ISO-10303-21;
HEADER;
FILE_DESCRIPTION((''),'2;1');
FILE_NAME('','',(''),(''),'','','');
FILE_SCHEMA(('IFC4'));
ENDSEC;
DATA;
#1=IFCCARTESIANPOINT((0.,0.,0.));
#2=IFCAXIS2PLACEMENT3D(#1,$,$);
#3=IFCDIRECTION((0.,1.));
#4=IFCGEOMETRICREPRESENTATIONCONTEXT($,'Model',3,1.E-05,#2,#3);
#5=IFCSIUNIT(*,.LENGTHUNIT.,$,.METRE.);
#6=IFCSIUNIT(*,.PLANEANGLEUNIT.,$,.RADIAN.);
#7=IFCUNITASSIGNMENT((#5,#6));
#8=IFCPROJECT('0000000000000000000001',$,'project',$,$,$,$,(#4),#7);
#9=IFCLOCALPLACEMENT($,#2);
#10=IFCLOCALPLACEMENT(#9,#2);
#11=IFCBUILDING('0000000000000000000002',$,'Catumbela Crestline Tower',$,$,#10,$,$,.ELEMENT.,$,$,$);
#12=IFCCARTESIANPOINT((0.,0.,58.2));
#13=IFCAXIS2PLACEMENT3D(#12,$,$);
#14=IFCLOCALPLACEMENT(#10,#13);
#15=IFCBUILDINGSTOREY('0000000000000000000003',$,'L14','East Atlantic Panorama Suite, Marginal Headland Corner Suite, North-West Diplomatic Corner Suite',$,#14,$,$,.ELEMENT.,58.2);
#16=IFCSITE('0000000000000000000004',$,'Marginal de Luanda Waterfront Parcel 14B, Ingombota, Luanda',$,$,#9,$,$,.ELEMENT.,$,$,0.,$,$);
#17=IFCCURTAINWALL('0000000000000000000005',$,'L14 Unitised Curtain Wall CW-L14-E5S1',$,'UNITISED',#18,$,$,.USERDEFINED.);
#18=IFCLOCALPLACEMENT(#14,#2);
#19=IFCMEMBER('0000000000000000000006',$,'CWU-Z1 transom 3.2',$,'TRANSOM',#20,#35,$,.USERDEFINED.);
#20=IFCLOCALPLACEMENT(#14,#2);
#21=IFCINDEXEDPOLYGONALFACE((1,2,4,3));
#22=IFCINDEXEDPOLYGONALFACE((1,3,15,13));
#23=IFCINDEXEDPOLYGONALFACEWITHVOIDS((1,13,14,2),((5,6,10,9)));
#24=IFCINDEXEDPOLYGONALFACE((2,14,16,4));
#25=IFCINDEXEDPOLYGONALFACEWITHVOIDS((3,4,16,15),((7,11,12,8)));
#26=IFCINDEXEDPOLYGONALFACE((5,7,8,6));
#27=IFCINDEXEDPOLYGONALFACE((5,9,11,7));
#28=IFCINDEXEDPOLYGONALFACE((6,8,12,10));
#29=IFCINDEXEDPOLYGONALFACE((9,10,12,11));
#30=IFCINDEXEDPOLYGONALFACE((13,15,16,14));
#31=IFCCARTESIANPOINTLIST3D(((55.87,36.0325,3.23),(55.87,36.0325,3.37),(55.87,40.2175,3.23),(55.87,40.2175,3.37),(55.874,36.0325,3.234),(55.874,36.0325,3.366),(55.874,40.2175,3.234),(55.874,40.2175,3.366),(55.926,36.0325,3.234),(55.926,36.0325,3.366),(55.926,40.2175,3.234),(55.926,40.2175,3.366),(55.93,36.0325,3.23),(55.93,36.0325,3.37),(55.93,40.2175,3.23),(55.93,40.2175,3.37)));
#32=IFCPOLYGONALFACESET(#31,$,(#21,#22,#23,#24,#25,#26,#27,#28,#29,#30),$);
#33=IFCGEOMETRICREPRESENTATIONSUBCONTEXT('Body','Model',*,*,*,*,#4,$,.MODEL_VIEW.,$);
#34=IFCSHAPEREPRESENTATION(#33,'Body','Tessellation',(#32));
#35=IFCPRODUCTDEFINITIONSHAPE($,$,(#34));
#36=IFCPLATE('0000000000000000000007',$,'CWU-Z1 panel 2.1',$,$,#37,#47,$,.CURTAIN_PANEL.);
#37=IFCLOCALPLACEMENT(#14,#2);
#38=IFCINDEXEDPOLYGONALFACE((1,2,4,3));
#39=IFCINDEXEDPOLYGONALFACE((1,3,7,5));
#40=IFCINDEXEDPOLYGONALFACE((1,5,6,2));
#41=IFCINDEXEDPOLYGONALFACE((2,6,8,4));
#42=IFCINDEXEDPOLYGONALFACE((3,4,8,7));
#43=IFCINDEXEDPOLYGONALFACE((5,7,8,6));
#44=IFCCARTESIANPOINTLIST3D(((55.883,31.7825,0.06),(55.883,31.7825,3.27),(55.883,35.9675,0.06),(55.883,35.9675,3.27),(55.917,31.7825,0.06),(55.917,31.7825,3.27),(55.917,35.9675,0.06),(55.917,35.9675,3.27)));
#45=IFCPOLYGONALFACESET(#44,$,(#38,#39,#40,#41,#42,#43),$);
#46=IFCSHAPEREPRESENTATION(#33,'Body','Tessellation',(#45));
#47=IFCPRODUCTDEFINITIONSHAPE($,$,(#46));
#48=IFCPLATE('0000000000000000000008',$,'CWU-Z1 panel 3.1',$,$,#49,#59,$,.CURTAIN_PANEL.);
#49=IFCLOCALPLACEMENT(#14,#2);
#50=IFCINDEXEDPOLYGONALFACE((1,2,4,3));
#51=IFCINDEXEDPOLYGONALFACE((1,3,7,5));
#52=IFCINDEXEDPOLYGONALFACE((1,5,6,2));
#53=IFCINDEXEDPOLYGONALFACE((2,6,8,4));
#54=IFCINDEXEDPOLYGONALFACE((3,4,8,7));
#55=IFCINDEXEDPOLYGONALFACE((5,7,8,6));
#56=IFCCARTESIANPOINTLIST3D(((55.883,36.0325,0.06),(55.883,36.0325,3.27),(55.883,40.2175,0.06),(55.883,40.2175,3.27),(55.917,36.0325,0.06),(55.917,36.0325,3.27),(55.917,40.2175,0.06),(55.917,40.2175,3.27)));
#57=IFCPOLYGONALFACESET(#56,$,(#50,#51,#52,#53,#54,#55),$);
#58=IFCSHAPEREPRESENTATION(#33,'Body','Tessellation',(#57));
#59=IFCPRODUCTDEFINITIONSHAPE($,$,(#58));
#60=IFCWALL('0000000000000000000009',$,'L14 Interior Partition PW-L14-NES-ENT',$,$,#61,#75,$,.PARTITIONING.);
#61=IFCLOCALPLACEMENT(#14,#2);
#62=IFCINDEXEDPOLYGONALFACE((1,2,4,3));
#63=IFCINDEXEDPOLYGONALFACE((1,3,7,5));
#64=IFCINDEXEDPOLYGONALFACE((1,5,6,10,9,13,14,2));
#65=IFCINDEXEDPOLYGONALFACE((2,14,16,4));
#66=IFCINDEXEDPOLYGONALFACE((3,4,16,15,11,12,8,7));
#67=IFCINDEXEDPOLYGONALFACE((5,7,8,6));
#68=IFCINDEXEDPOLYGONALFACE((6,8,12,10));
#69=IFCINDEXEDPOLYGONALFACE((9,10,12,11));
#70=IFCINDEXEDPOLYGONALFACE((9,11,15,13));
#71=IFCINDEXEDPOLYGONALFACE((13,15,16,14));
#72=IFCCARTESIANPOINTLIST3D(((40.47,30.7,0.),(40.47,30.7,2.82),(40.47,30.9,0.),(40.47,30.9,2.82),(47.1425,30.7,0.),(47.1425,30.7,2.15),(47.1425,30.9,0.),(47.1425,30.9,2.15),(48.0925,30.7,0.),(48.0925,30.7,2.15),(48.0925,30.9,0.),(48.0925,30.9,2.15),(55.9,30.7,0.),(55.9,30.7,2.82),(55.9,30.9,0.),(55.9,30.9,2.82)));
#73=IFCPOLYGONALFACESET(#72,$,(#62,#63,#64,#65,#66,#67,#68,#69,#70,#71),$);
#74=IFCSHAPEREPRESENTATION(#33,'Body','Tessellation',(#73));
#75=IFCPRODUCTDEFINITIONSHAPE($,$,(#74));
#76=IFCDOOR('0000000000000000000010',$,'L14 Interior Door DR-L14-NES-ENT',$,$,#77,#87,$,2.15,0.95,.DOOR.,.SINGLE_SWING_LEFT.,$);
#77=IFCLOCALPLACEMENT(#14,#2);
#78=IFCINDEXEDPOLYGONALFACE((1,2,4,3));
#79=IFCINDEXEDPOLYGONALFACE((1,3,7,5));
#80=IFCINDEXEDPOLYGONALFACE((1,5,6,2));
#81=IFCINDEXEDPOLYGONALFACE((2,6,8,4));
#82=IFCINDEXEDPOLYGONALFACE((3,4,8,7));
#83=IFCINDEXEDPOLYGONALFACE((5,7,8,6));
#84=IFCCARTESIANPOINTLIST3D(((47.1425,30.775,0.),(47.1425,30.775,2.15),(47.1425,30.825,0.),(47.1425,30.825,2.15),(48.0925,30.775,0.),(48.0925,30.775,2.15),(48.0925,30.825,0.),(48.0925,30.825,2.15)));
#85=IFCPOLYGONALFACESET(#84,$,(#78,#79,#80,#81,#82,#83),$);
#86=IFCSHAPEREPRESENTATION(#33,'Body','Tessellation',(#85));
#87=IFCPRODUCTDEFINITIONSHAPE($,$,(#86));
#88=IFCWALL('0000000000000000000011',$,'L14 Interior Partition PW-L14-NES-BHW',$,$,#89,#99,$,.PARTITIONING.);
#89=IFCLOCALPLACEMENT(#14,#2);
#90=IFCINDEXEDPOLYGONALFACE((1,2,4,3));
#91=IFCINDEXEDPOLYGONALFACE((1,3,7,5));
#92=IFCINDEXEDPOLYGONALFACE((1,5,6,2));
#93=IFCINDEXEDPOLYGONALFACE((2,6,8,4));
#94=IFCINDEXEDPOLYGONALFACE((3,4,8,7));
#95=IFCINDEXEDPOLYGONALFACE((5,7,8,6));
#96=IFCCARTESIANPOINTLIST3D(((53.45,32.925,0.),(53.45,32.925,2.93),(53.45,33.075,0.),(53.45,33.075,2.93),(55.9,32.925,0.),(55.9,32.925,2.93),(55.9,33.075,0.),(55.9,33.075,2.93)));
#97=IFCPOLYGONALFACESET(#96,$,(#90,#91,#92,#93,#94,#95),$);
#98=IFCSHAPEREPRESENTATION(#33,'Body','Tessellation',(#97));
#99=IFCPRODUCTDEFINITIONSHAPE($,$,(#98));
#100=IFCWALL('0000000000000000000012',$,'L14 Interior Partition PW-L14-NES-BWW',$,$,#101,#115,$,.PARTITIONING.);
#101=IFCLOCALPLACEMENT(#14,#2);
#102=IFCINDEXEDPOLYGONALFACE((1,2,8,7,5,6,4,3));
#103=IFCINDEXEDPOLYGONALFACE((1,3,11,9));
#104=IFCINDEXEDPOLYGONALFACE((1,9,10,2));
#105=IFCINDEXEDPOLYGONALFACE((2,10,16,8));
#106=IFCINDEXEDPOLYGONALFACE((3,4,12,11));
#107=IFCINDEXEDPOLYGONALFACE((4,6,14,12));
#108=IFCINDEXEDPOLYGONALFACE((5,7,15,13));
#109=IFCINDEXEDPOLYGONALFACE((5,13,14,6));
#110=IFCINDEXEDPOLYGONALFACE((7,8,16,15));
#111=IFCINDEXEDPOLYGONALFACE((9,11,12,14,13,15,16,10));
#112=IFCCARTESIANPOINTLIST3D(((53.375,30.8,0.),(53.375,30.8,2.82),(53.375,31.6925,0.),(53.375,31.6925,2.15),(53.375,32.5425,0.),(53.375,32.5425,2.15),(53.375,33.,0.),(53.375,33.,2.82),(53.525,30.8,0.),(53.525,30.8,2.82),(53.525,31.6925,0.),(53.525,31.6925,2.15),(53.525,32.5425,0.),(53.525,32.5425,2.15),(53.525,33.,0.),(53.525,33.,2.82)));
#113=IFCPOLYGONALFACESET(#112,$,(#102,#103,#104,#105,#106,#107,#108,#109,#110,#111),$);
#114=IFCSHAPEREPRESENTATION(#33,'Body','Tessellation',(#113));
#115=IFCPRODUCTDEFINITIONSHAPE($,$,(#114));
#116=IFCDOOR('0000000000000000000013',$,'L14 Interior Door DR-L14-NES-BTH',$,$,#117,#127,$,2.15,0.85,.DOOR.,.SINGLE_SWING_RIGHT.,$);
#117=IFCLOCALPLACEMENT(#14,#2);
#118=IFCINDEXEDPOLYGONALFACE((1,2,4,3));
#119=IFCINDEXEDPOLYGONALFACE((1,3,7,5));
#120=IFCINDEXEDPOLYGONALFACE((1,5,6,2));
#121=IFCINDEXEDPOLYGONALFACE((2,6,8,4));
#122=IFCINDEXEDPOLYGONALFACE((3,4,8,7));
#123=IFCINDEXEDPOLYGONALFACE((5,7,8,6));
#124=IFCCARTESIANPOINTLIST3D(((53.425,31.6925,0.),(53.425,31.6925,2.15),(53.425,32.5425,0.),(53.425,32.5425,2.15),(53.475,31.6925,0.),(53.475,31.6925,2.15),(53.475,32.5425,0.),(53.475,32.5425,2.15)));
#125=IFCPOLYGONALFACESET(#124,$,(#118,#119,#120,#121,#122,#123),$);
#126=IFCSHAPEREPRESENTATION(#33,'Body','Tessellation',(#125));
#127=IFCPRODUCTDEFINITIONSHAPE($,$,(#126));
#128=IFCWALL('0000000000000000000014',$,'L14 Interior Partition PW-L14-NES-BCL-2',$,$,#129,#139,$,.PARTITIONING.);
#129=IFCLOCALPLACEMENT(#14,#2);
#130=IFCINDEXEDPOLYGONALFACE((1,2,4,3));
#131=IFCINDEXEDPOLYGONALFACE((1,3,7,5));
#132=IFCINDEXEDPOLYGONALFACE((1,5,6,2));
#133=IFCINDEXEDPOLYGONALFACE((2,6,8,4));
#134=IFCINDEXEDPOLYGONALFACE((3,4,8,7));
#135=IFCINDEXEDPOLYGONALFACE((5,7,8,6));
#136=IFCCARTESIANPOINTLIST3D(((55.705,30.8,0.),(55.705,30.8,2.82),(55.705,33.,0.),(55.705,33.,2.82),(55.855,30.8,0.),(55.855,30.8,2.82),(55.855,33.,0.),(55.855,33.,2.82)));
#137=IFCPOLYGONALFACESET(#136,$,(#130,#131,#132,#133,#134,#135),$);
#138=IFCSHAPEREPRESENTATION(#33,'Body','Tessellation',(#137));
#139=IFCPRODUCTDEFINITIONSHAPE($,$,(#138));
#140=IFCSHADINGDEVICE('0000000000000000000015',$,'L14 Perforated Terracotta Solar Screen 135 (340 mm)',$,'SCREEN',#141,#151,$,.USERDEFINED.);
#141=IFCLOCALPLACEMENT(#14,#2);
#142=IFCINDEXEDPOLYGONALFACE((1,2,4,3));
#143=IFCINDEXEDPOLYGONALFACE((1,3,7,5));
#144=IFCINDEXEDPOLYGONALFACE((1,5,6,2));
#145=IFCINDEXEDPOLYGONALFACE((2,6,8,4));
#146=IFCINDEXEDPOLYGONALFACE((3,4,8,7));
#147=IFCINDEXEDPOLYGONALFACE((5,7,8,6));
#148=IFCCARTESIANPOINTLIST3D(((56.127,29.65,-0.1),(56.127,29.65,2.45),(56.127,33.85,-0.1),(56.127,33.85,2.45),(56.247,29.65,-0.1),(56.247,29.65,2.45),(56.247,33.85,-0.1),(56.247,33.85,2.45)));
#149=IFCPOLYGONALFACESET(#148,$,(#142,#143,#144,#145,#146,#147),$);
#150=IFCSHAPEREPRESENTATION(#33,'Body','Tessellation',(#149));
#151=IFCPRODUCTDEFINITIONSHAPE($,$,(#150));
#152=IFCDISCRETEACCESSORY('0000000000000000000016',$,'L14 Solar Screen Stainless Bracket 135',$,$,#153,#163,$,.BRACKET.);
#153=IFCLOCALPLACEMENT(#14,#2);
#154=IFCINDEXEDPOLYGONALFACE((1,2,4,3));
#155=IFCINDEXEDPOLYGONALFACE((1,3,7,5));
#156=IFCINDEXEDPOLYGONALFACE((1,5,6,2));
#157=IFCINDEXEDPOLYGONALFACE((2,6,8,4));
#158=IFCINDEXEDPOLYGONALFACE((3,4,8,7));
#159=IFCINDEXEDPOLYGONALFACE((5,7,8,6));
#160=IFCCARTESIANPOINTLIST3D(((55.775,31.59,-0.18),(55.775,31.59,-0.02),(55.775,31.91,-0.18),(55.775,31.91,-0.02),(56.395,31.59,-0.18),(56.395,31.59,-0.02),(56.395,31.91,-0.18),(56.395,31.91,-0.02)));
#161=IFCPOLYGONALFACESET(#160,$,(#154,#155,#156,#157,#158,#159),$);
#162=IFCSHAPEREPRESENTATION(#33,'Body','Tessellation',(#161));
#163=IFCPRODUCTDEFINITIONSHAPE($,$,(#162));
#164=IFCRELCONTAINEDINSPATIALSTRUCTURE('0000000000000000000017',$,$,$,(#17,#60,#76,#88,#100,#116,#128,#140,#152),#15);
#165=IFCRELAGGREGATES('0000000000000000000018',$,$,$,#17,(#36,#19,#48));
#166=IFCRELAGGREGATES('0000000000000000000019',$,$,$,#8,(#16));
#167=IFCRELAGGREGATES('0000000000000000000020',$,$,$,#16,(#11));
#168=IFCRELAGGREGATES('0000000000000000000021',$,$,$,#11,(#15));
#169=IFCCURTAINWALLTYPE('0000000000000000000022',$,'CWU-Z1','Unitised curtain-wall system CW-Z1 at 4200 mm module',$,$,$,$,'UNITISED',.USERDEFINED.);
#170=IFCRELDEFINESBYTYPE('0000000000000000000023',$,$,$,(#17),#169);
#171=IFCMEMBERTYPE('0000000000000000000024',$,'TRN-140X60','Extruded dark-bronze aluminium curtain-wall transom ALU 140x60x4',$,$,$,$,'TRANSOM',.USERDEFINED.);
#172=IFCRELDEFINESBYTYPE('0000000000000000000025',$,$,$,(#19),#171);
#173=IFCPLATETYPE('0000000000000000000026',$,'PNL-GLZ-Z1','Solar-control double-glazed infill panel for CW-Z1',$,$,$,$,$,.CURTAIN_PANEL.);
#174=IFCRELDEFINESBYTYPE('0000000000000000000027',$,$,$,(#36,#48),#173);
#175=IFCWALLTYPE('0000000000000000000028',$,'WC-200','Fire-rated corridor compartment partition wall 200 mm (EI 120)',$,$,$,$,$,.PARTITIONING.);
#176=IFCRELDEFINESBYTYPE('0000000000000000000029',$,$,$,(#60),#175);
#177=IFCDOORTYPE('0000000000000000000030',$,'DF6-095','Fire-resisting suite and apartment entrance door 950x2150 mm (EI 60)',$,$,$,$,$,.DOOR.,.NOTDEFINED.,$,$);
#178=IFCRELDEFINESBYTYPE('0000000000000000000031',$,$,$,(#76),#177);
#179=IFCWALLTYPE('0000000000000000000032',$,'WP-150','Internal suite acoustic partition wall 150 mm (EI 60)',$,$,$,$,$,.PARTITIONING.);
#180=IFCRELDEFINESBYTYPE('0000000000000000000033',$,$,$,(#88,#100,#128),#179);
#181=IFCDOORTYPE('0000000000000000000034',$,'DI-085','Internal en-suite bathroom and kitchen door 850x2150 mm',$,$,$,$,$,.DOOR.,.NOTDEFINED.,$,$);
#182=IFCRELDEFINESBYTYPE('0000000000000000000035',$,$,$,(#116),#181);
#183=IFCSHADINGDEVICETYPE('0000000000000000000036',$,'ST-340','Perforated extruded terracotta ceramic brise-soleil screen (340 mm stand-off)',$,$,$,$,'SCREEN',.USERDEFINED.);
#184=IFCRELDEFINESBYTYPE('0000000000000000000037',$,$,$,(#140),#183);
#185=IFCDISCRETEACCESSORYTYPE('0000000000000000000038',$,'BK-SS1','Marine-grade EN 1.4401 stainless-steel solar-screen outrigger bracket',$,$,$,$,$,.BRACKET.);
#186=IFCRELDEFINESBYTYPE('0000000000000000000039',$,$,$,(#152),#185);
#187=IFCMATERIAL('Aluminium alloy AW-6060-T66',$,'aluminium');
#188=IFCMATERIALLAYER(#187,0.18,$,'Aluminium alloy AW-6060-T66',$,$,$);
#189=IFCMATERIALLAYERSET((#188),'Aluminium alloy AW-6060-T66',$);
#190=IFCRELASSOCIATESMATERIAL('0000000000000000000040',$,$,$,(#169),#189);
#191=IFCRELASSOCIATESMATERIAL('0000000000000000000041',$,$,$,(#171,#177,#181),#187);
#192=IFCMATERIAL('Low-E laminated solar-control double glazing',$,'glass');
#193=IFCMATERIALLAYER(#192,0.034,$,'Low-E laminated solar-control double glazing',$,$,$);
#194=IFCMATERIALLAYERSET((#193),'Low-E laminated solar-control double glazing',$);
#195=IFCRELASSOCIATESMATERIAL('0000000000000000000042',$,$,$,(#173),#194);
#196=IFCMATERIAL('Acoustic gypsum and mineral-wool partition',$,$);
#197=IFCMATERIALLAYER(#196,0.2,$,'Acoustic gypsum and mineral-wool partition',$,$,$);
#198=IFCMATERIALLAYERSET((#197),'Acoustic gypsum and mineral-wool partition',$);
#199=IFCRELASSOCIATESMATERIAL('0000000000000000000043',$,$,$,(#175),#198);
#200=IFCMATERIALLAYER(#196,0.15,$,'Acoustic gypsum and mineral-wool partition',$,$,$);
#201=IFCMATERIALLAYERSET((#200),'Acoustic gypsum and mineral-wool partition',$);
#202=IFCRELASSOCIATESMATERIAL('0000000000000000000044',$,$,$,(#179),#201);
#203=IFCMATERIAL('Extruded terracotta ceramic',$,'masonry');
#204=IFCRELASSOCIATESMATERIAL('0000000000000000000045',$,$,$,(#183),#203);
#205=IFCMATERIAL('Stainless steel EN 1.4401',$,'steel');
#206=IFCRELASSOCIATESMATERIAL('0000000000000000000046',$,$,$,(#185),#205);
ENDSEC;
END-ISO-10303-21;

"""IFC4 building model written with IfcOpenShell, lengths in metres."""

from ifc_helpers import new_model, si_unit, direction, frame, frame_2d, origin, origin_2d, place, context, subcontext, project, spatial, rectangle, hollow_rectangle, extrude, material, layer, layer_set, material_profile, profile_set, type_object, element, fill, aggregate, save


model = new_model("IFC4")

# Units and contexts
model_context = context("Model", 3, precision=1e-05, world=origin(), true_north=direction((0.0, 1.0)))
body_context = subcontext(model_context, "Body", "Model", "MODEL_VIEW")
ifc_project = project(units=[si_unit("LENGTHUNIT", "METRE"), si_unit("PLANEANGLEUNIT", "RADIAN")], contexts=[model_context])

# Site, building, storey
site_placement = place(None, origin())
site = spatial("IfcSite", under=ifc_project, at=site_placement, Name="Marginal de Luanda Waterfront Parcel 14B, Ingombota, Luanda", CompositionType="ELEMENT", RefElevation=0.0)
building_placement = place(site_placement, origin())
building = spatial("IfcBuilding", under=site, at=building_placement, Name="Catumbela Crestline Tower", CompositionType="ELEMENT")
storey_placement = place(building_placement, frame((0.0, 0.0, 58.2)))
storey = spatial("IfcBuildingStorey", under=building, at=storey_placement, Name="L14", Description="East Atlantic Panorama Suite, Marginal Headland Corner Suite, North-West Diplomatic Corner Suite", CompositionType="ELEMENT", Elevation=58.2)

# Curtain wall
ifc_material_1 = material(Name="Aluminium alloy AW-6060-T66", Category="aluminium")
ifc_layer_1 = layer(ifc_material_1, 0.18, Name="Aluminium alloy AW-6060-T66")
ifc_layer_set_1 = layer_set([ifc_layer_1], Name="Aluminium alloy AW-6060-T66")
curtain_wall_type = type_object("IfcCurtainWallType", Name="CWU-Z1", Description="Unitised curtain-wall system CW-Z1 at 4200 mm module", ElementType="UNITISED", PredefinedType="USERDEFINED", material=ifc_layer_set_1)
curtain_wall_placement = place(storey_placement, origin())
curtain_wall = element("IfcCurtainWall", 1, at=curtain_wall_placement, inside=storey, type_object=curtain_wall_type, Name="L14 Unitised Curtain Wall CW-L14-E5S1", ObjectType="UNITISED", PredefinedType="USERDEFINED")

# Member
ifc_material_profile_1 = material_profile(ifc_material_1, hollow_rectangle(XDim=0.06, YDim=0.14, WallThickness=0.004, at=origin_2d()), Name="ALU 140x60x4")
ifc_profile_set_1 = profile_set([ifc_material_profile_1], Name="Aluminium alloy AW-6060-T66")
member_type_1 = type_object("IfcMemberType", Name="TRN-140X60", Description="Extruded dark-bronze aluminium curtain-wall transom ALU 140x60x4", ElementType="TRANSOM", PredefinedType="USERDEFINED", material=ifc_profile_set_1)
member_1_placement = place(storey_placement, frame((55.9, 36.0325, 3.3), z_axis=(0.0, 1.0, 0.0), x_axis=(-1.0, 0.0, 0.0)))
member_1 = element("IfcMember", 2, at=member_1_placement, type_object=member_type_1, Name="CWU-Z1 transom 3.2", ObjectType="TRANSOM", PredefinedType="USERDEFINED", context=body_context, shape_type="SweptSolid", body=[
    extrude(hollow_rectangle(XDim=0.06, YDim=0.14, WallThickness=0.004, at=origin_2d()), origin(), (0.0, 0.0, 1.0), 4.185),
])

# Plates
ifc_material_2 = material(Name="Low-E laminated solar-control double glazing", Category="glass")
ifc_layer_2 = layer(ifc_material_2, 0.034, Name="Low-E laminated solar-control double glazing")
ifc_layer_set_2 = layer_set([ifc_layer_2], Name="Low-E laminated solar-control double glazing")
plate_type = type_object("IfcPlateType", Name="PNL-GLZ-Z1", Description="Solar-control double-glazed infill panel for CW-Z1", PredefinedType="CURTAIN_PANEL", material=ifc_layer_set_2)
plate_1_placement = place(storey_placement, frame((55.9, 33.875, 0.06), z_axis=(0.0, 0.0, 1.0), x_axis=(0.0, 1.0, 0.0)))
plate_1 = element("IfcPlate", 3, at=plate_1_placement, type_object=plate_type, Name="CWU-Z1 panel 2.1", PredefinedType="CURTAIN_PANEL", context=body_context, shape_type="SweptSolid", body=[
    extrude(rectangle(XDim=4.185, YDim=0.034, at=origin_2d()), origin(), (0.0, 0.0, 1.0), 3.21),
])
plate_2_placement = place(storey_placement, frame((55.9, 38.125, 0.06), z_axis=(0.0, 0.0, 1.0), x_axis=(0.0, 1.0, 0.0)))
plate_2 = element("IfcPlate", 4, at=plate_2_placement, type_object=plate_type, Name="CWU-Z1 panel 3.1", PredefinedType="CURTAIN_PANEL", context=body_context, shape_type="SweptSolid", body=[
    extrude(rectangle(XDim=4.185, YDim=0.034, at=origin_2d()), origin(), (0.0, 0.0, 1.0), 3.21),
])
aggregate(curtain_wall, [plate_1, member_1, plate_2])

# Wall, opening, door
ifc_material_3 = material(Name="Acoustic gypsum and mineral-wool partition")
ifc_layer_3 = layer(ifc_material_3, 0.2, Name="Acoustic gypsum and mineral-wool partition")
ifc_layer_set_3 = layer_set([ifc_layer_3], Name="Acoustic gypsum and mineral-wool partition")
wall_type_1 = type_object("IfcWallType", Name="WC-200", Description="Fire-rated corridor compartment partition wall 200 mm (EI 120)", PredefinedType="PARTITIONING", material=ifc_layer_set_3)
wall_1_placement = place(storey_placement, frame((40.47, 30.8, 0.0), z_axis=(0.0, 0.0, 1.0), x_axis=(1.0, 0.0, 0.0)))
wall_1 = element("IfcWall", 5, at=wall_1_placement, inside=storey, type_object=wall_type_1, Name="L14 Interior Partition PW-L14-NES-ENT", PredefinedType="PARTITIONING", context=body_context, shape_type="SweptSolid", body=[
    extrude(rectangle(XDim=15.43, YDim=0.2, at=frame_2d((7.715, 0.0))), origin(), (0.0, 0.0, 1.0), 2.82),
])
opening_1_placement = place(wall_1_placement, frame((6.6725, 0.0, 0.0)))
opening_1 = element("IfcOpeningElement", 6, at=opening_1_placement, cuts=wall_1, PredefinedType="OPENING", context=body_context, shape_type="SweptSolid", body=[
    extrude(rectangle(XDim=0.95, YDim=2.15, at=frame_2d((0.475, 1.075))), frame((0.0, 0.11, 0.0), z_axis=(0.0, -1.0, 0.0), x_axis=(1.0, 0.0, 0.0)), (0.0, 0.0, 1.0), 0.22),
])
door_type_1 = type_object("IfcDoorType", Name="DF6-095", Description="Fire-resisting suite and apartment entrance door 950x2150 mm (EI 60)", OperationType="NOTDEFINED", PredefinedType="DOOR", material=ifc_material_1)
door_1_placement = place(opening_1_placement, origin())
door_1 = element("IfcDoor", 7, at=door_1_placement, inside=storey, type_object=door_type_1, Name="L14 Interior Door DR-L14-NES-ENT", OperationType="SINGLE_SWING_LEFT", OverallHeight=2.15, OverallWidth=0.95, PredefinedType="DOOR", context=body_context, shape_type="SweptSolid", body=[
    extrude(rectangle(XDim=0.95, YDim=2.15, at=frame_2d((0.475, 1.075))), frame((0.0, 0.025, 0.0), z_axis=(0.0, -1.0, 0.0), x_axis=(1.0, 0.0, 0.0)), (0.0, 0.0, 1.0), 0.05),
])
fill(opening_1, door_1)

# Wall
ifc_layer_4 = layer(ifc_material_3, 0.15, Name="Acoustic gypsum and mineral-wool partition")
ifc_layer_set_4 = layer_set([ifc_layer_4], Name="Acoustic gypsum and mineral-wool partition")
wall_type_2 = type_object("IfcWallType", Name="WP-150", Description="Internal suite acoustic partition wall 150 mm (EI 60)", PredefinedType="PARTITIONING", material=ifc_layer_set_4)
wall_2_placement = place(storey_placement, frame((53.45, 33.0, 0.0), z_axis=(0.0, 0.0, 1.0), x_axis=(1.0, 0.0, 0.0)))
element("IfcWall", 8, at=wall_2_placement, inside=storey, type_object=wall_type_2, Name="L14 Interior Partition PW-L14-NES-BHW", PredefinedType="PARTITIONING", context=body_context, shape_type="SweptSolid", body=[
    extrude(rectangle(XDim=2.45, YDim=0.15, at=frame_2d((1.225, 0.0))), origin(), (0.0, 0.0, 1.0), 2.93),
])

# Wall, opening, door
wall_3_placement = place(storey_placement, frame((53.45, 30.8, 0.0), z_axis=(0.0, 0.0, 1.0), x_axis=(0.0, 1.0, 0.0)))
wall_3 = element("IfcWall", 9, at=wall_3_placement, inside=storey, type_object=wall_type_2, Name="L14 Interior Partition PW-L14-NES-BWW", PredefinedType="PARTITIONING", context=body_context, shape_type="SweptSolid", body=[
    extrude(rectangle(XDim=2.2, YDim=0.15, at=frame_2d((1.1, 0.0))), origin(), (0.0, 0.0, 1.0), 2.82),
])
opening_2_placement = place(wall_3_placement, frame((0.8925, 0.0, 0.0)))
opening_2 = element("IfcOpeningElement", 10, at=opening_2_placement, cuts=wall_3, PredefinedType="OPENING", context=body_context, shape_type="SweptSolid", body=[
    extrude(rectangle(XDim=0.85, YDim=2.15, at=frame_2d((0.425, 1.075))), frame((0.0, 0.085, 0.0), z_axis=(0.0, -1.0, 0.0), x_axis=(1.0, 0.0, 0.0)), (0.0, 0.0, 1.0), 0.17),
])
door_type_2 = type_object("IfcDoorType", Name="DI-085", Description="Internal en-suite bathroom and kitchen door 850x2150 mm", OperationType="NOTDEFINED", PredefinedType="DOOR", material=ifc_material_1)
door_2_placement = place(opening_2_placement, origin())
door_2 = element("IfcDoor", 11, at=door_2_placement, inside=storey, type_object=door_type_2, Name="L14 Interior Door DR-L14-NES-BTH", OperationType="SINGLE_SWING_RIGHT", OverallHeight=2.15, OverallWidth=0.85, PredefinedType="DOOR", context=body_context, shape_type="SweptSolid", body=[
    extrude(rectangle(XDim=0.85, YDim=2.15, at=frame_2d((0.425, 1.075))), frame((0.0, 0.025, 0.0), z_axis=(0.0, -1.0, 0.0), x_axis=(1.0, 0.0, 0.0)), (0.0, 0.0, 1.0), 0.05),
])
fill(opening_2, door_2)

# Wall
wall_4_placement = place(storey_placement, frame((55.78, 33.0, 0.0), z_axis=(0.0, 0.0, 1.0), x_axis=(0.0, -1.0, 0.0)))
element("IfcWall", 12, at=wall_4_placement, inside=storey, type_object=wall_type_2, Name="L14 Interior Partition PW-L14-NES-BCL-2", PredefinedType="PARTITIONING", context=body_context, shape_type="SweptSolid", body=[
    extrude(rectangle(XDim=2.2, YDim=0.15, at=frame_2d((1.1, 0.0))), origin(), (0.0, 0.0, 1.0), 2.82),
])

# Shading device
ifc_material_4 = material(Name="Extruded terracotta ceramic", Category="masonry")
shading_device_type = type_object("IfcShadingDeviceType", Name="ST-340", Description="Perforated extruded terracotta ceramic brise-soleil screen (340 mm stand-off)", ElementType="SCREEN", PredefinedType="USERDEFINED", material=ifc_material_4)
shading_device_placement = place(storey_placement, frame((56.187, 31.75, -0.1), z_axis=(0.0, 0.0, 1.0), x_axis=(0.0, 1.0, 0.0)))
element("IfcShadingDevice", 13, at=shading_device_placement, inside=storey, type_object=shading_device_type, Name="L14 Perforated Terracotta Solar Screen 135 (340 mm)", ObjectType="SCREEN", PredefinedType="USERDEFINED", context=body_context, shape_type="SweptSolid", body=[
    extrude(rectangle(XDim=4.2, YDim=0.12, at=origin_2d()), origin(), (0.0, 0.0, 1.0), 2.55),
])

# Discrete accessory
ifc_material_5 = material(Name="Stainless steel EN 1.4401", Category="steel")
discrete_accessory_type = type_object("IfcDiscreteAccessoryType", Name="BK-SS1", Description="Marine-grade EN 1.4401 stainless-steel solar-screen outrigger bracket", PredefinedType="BRACKET", material=ifc_material_5)
discrete_accessory_placement = place(storey_placement, frame((56.085, 31.75, -0.18), z_axis=(0.0, 0.0, 1.0), x_axis=(0.0, 1.0, 0.0)))
element("IfcDiscreteAccessory", 14, at=discrete_accessory_placement, inside=storey, type_object=discrete_accessory_type, Name="L14 Solar Screen Stainless Bracket 135", PredefinedType="BRACKET", context=body_context, shape_type="SweptSolid", body=[
    extrude(rectangle(XDim=0.32, YDim=0.62, at=origin_2d()), origin(), (0.0, 0.0, 1.0), 0.16),
])

save(model, "model.ifc")
